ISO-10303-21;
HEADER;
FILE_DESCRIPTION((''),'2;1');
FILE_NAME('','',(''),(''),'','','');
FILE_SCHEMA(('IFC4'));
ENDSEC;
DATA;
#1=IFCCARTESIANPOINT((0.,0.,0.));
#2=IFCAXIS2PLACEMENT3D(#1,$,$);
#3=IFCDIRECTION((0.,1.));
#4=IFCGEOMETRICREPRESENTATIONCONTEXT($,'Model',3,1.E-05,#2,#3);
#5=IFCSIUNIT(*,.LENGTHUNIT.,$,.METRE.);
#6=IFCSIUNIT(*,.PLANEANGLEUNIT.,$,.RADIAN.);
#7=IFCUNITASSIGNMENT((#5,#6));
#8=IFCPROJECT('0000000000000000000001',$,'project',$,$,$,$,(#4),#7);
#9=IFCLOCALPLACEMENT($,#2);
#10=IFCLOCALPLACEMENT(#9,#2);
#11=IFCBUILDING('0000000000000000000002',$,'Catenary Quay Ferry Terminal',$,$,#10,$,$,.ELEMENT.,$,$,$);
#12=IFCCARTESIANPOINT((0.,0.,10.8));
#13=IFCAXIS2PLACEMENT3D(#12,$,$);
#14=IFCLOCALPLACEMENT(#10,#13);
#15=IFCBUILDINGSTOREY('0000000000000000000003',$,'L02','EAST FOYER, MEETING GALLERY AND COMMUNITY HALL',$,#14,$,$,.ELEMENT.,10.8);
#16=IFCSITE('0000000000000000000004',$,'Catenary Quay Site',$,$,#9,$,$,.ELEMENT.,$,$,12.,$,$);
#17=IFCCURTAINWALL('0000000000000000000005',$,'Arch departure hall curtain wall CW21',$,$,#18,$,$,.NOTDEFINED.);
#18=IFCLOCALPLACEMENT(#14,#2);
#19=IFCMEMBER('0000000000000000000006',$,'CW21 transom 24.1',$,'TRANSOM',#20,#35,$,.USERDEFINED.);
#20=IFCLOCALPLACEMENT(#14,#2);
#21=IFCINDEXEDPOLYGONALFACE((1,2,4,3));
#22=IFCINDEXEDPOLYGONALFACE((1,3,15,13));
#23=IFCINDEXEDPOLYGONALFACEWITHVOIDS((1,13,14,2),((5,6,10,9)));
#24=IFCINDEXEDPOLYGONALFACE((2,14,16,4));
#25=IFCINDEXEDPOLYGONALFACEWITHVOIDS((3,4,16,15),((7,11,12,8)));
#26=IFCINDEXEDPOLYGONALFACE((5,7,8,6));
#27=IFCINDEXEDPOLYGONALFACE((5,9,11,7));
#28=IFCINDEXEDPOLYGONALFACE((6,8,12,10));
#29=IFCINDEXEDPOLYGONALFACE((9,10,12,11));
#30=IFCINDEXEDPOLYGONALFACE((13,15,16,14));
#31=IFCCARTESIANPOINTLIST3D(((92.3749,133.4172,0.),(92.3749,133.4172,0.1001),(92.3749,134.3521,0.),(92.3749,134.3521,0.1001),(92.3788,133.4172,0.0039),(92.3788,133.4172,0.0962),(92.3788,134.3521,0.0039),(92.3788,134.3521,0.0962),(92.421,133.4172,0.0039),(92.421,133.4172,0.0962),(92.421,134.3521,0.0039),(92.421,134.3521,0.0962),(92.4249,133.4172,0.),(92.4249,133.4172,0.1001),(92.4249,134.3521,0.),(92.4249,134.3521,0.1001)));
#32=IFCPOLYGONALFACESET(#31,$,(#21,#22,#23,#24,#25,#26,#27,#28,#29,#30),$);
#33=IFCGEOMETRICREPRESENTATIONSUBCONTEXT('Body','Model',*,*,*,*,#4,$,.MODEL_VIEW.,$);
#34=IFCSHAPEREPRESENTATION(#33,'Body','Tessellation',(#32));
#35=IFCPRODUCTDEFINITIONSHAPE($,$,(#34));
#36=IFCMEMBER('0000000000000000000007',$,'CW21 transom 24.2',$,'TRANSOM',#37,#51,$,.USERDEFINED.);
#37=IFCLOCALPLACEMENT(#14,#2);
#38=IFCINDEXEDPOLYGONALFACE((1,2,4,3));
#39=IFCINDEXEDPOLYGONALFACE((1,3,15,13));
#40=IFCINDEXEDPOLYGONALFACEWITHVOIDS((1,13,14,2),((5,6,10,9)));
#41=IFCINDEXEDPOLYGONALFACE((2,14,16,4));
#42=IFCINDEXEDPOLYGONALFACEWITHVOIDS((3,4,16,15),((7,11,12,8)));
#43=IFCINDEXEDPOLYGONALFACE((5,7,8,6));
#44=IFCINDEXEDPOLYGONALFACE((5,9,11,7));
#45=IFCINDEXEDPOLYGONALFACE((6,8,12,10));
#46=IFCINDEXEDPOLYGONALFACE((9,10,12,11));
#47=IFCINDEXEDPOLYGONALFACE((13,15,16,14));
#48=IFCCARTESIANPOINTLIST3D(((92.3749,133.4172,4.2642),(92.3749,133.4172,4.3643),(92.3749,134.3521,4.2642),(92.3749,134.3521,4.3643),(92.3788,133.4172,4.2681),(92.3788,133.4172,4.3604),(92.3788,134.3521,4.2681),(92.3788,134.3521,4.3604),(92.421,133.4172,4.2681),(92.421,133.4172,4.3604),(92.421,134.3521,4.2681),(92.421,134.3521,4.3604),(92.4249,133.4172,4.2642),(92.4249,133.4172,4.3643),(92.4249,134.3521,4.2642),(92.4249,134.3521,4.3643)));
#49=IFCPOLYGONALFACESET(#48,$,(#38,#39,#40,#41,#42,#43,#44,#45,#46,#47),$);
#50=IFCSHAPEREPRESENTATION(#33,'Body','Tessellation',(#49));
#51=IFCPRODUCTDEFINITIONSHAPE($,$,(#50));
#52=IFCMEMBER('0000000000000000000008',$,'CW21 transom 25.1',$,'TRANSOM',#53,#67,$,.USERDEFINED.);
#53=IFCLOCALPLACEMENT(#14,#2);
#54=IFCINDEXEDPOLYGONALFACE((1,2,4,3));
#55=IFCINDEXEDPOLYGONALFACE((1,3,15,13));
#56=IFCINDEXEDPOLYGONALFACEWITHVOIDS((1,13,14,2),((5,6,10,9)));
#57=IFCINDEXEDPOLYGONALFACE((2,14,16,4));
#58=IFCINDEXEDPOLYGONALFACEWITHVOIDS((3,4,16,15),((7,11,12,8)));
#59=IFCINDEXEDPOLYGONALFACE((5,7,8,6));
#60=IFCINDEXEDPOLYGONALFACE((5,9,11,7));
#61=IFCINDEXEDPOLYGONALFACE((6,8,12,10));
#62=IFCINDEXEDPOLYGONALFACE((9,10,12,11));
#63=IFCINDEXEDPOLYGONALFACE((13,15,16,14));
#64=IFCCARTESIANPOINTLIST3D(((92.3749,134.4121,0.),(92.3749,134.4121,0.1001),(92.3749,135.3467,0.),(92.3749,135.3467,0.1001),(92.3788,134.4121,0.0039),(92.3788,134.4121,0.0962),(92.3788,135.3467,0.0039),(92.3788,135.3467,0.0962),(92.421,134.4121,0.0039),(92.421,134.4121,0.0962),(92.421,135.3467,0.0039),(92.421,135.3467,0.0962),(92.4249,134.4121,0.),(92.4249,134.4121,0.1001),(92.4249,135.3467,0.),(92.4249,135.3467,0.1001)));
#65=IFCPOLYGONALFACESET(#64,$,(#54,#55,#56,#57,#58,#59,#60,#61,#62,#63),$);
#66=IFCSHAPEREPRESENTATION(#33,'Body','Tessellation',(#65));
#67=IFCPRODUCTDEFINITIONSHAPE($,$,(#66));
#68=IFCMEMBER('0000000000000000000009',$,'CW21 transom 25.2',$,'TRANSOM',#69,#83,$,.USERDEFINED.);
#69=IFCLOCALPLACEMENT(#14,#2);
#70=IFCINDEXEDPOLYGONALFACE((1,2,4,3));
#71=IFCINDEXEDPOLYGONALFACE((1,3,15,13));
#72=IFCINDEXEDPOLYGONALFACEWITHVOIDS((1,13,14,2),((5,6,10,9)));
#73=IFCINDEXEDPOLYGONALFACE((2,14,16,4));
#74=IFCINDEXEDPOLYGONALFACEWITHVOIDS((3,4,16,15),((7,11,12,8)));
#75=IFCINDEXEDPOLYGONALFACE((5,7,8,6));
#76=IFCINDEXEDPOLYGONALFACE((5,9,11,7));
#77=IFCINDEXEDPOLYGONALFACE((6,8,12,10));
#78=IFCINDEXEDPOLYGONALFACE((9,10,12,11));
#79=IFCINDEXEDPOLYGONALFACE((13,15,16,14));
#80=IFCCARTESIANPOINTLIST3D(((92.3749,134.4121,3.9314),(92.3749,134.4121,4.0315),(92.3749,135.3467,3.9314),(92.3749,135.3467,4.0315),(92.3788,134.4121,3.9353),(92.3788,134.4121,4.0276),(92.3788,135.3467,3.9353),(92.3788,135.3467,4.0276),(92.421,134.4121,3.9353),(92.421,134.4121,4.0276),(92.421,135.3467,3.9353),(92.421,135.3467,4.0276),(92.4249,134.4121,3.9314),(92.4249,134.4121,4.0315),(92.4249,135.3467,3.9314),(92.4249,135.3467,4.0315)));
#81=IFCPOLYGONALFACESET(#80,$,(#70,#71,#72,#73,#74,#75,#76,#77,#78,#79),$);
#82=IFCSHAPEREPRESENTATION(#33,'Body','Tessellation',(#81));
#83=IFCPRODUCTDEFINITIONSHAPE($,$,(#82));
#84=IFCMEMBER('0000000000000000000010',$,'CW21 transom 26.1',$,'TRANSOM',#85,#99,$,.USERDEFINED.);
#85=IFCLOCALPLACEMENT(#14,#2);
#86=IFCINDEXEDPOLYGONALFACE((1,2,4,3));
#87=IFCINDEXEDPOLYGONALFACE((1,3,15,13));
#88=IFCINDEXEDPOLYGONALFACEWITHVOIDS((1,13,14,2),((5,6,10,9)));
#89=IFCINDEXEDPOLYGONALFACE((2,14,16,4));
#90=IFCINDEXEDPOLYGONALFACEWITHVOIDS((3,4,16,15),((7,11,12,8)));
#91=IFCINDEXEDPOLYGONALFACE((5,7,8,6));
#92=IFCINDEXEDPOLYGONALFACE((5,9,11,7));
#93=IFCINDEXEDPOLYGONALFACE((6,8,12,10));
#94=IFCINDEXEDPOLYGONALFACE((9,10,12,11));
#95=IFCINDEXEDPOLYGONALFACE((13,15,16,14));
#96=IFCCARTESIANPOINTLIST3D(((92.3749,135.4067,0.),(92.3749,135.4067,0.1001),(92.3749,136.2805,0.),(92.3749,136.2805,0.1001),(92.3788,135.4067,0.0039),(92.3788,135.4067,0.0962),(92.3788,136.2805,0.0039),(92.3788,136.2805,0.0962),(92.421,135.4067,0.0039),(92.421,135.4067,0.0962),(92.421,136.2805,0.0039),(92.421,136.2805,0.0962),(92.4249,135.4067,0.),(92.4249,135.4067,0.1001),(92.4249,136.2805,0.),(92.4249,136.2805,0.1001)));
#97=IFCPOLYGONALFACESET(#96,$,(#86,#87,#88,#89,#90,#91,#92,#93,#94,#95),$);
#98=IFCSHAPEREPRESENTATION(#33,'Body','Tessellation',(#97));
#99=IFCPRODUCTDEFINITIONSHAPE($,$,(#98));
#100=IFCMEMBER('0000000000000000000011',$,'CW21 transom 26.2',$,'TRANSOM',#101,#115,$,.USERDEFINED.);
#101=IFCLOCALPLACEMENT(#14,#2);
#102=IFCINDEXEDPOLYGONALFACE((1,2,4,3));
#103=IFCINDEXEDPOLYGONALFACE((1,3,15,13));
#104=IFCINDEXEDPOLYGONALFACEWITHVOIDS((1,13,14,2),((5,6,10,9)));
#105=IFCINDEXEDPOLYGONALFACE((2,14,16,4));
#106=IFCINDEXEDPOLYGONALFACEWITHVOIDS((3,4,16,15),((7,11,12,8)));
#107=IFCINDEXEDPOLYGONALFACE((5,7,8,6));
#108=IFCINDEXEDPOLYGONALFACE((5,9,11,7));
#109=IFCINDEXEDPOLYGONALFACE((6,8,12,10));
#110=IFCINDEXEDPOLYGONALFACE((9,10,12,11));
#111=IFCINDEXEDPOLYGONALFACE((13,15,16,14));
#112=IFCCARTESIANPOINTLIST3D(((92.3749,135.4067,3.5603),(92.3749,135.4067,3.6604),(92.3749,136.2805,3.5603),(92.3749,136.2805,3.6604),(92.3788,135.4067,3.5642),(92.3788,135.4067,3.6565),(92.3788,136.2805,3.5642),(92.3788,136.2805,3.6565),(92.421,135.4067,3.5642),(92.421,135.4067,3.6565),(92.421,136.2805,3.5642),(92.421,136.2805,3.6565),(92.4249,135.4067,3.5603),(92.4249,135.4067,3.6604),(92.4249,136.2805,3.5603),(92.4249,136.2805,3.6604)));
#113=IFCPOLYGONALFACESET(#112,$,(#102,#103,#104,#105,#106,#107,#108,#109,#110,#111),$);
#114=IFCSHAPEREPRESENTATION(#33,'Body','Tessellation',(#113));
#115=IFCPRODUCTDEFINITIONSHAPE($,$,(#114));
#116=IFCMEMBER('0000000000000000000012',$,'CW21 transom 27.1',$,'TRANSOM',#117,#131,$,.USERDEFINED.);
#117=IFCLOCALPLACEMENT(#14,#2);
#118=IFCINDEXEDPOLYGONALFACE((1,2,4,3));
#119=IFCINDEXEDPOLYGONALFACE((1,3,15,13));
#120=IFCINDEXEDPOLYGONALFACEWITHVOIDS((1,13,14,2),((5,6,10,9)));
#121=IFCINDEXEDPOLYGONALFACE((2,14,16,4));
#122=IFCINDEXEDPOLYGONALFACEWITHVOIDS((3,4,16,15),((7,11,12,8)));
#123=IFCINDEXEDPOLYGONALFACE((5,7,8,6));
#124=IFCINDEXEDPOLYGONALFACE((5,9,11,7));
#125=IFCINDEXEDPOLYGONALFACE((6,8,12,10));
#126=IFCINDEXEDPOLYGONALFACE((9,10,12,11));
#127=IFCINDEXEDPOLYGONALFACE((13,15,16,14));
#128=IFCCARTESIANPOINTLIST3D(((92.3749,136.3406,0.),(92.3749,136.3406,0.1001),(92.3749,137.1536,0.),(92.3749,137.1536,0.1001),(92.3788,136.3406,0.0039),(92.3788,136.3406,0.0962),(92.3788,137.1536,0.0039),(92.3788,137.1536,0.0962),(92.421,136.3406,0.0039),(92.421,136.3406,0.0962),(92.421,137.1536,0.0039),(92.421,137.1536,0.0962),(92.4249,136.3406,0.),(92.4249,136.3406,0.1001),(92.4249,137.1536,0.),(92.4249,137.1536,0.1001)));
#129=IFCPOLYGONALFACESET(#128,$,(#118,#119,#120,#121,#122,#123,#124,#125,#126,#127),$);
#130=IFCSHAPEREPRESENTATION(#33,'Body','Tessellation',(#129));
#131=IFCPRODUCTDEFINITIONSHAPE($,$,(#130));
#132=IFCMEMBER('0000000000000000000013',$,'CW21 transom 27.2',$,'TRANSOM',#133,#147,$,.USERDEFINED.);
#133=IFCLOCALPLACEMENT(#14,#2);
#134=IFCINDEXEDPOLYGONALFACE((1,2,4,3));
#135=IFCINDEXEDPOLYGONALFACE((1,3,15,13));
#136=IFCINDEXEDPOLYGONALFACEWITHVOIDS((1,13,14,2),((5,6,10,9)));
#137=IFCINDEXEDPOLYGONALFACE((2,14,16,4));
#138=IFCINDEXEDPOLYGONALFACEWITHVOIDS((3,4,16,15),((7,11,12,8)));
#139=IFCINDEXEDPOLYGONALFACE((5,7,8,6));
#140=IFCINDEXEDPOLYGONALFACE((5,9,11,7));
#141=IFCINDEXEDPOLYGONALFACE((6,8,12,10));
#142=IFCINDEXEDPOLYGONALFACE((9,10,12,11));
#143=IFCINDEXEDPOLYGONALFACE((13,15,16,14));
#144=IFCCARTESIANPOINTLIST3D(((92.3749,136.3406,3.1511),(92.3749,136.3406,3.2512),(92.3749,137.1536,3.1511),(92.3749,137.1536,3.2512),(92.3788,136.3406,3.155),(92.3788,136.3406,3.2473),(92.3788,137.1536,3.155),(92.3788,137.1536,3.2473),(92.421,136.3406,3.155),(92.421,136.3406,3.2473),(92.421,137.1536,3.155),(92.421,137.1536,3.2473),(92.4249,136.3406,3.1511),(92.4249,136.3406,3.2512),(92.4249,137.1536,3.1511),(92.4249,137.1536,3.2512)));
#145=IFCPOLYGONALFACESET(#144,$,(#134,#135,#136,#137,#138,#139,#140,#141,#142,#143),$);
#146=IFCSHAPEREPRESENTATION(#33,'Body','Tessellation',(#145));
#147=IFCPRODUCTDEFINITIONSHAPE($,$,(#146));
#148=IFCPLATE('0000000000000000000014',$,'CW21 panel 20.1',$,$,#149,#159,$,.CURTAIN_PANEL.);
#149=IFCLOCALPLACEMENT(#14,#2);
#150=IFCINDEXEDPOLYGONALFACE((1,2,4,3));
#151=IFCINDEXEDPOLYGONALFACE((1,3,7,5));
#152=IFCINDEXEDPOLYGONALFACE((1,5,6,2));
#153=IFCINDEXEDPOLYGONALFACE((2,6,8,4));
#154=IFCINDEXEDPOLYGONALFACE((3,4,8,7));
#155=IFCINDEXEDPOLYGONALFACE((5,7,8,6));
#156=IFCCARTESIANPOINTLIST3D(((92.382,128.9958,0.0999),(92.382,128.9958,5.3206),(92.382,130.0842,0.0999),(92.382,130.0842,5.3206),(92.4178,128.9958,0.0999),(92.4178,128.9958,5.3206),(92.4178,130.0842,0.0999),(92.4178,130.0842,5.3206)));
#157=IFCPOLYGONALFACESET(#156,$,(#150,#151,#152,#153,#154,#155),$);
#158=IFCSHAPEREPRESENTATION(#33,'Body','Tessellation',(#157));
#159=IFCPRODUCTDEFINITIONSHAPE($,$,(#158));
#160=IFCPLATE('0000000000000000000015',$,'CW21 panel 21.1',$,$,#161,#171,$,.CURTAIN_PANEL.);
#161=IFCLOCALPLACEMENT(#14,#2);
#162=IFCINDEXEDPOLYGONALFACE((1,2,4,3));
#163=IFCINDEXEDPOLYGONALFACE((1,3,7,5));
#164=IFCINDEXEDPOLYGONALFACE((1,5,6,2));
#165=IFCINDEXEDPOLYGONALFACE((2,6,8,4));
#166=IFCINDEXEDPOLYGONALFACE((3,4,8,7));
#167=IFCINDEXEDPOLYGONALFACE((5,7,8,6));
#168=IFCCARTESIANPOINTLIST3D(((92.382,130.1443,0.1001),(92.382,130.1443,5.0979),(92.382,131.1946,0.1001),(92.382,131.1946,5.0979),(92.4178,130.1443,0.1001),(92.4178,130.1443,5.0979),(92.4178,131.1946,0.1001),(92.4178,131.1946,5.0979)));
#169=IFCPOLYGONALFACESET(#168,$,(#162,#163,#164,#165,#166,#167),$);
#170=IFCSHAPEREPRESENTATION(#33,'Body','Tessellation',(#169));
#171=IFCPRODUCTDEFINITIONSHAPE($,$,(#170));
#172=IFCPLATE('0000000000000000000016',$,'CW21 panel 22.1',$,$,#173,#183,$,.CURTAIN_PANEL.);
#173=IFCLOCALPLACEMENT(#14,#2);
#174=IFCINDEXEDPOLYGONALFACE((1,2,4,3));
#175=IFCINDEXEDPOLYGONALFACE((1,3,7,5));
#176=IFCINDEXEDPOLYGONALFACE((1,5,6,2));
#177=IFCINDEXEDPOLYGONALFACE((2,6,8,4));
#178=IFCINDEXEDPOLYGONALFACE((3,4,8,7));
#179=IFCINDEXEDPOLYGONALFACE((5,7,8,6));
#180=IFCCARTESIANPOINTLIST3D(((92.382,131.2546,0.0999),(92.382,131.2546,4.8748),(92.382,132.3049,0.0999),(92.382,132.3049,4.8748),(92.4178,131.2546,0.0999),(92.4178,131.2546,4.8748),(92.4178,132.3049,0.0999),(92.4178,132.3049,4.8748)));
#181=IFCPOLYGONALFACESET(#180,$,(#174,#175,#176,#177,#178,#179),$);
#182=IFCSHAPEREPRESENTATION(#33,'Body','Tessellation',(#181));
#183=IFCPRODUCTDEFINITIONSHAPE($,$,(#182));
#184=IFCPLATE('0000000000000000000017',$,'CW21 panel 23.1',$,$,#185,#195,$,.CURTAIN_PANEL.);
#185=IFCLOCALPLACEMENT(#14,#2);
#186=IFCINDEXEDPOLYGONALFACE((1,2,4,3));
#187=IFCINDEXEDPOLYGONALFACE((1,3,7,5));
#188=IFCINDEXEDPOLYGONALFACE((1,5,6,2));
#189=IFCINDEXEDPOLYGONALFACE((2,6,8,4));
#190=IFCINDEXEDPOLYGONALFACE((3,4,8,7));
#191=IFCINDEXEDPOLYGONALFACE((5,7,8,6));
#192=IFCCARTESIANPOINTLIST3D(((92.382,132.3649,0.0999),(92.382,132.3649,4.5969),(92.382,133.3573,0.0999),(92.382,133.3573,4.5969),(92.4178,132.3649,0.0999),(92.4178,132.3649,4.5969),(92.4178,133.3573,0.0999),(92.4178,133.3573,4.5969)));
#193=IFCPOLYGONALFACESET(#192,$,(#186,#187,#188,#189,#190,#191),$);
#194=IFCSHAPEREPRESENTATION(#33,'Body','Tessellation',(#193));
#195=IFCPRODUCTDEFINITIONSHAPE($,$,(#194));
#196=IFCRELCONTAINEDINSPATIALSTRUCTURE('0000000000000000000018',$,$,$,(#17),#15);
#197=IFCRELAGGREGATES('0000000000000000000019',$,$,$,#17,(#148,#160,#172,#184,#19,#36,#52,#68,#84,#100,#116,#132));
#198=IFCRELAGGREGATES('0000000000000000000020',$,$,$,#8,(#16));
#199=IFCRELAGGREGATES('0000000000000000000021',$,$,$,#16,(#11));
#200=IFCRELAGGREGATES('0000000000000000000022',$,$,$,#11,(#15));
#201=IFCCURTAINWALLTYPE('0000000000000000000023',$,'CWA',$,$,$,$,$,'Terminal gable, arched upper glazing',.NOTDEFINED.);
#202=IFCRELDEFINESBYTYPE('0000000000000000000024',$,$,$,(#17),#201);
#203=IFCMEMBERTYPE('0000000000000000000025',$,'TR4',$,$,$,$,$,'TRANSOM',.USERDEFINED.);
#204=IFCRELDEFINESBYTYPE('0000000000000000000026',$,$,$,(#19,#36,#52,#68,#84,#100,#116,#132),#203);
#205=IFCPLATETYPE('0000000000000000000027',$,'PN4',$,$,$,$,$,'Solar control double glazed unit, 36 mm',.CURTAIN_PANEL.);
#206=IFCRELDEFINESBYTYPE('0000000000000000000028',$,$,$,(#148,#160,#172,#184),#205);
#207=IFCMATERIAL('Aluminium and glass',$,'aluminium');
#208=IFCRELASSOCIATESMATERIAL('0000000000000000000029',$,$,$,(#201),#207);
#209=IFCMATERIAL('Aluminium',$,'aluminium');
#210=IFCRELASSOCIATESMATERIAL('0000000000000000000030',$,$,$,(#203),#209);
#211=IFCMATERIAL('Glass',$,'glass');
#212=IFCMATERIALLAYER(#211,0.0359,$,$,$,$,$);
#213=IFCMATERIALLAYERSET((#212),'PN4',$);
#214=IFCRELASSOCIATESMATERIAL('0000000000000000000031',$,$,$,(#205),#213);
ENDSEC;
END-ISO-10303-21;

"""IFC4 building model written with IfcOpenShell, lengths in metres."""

from ifc_helpers import new_model, si_unit, direction, frame, origin, origin_2d, place, context, subcontext, project, spatial, rectangle, hollow_rectangle, extrude, material, layer, layer_set, material_profile, profile_set, type_object, element, aggregate, save


model = new_model("IFC4")

# Units and contexts
model_context = context("Model", 3, precision=1e-05, world=origin(), true_north=direction((0.0, 1.0)))
body_context = subcontext(model_context, "Body", "Model", "MODEL_VIEW")
ifc_project = project(units=[si_unit("LENGTHUNIT", "METRE"), si_unit("PLANEANGLEUNIT", "RADIAN")], contexts=[model_context])

# Site, building, storey
site_placement = place(None, origin())
site = spatial("IfcSite", under=ifc_project, at=site_placement, Name="Catenary Quay Site", CompositionType="ELEMENT", RefElevation=12.0)
building_placement = place(site_placement, origin())
building = spatial("IfcBuilding", under=site, at=building_placement, Name="Catenary Quay Ferry Terminal", CompositionType="ELEMENT")
storey_placement = place(building_placement, frame((0.0, 0.0, 10.8)))
storey = spatial("IfcBuildingStorey", under=building, at=storey_placement, Name="L02", Description="EAST FOYER, MEETING GALLERY AND COMMUNITY HALL", CompositionType="ELEMENT", Elevation=10.8)

# Curtain wall, members, plates
ifc_material_1 = material(Name="Aluminium and glass", Category="aluminium")
curtain_wall_type = type_object("IfcCurtainWallType", Name="CWA", ElementType="Terminal gable, arched upper glazing", PredefinedType="NOTDEFINED", material=ifc_material_1)
curtain_wall_placement = place(storey_placement, origin())
curtain_wall = element("IfcCurtainWall", 1, at=curtain_wall_placement, inside=storey, type_object=curtain_wall_type, Name="Arch departure hall curtain wall CW21", PredefinedType="NOTDEFINED")
ifc_material_2 = material(Name="Aluminium", Category="aluminium")
ifc_material_profile_1 = material_profile(ifc_material_2, hollow_rectangle(XDim=0.05, YDim=0.1001, WallThickness=0.0039, at=origin_2d()), Name="TR4")
ifc_profile_set_1 = profile_set([ifc_material_profile_1], Name="Aluminium")
member_type_1 = type_object("IfcMemberType", Name="TR4", ElementType="TRANSOM", PredefinedType="USERDEFINED", material=ifc_profile_set_1)
member_1_placement = place(storey_placement, frame((92.3999, 133.4172, 0.05), z_axis=(0.0, 1.0, 0.0), x_axis=(-1.0, 0.0, 0.0)))
member_1 = element("IfcMember", 2, at=member_1_placement, type_object=member_type_1, Name="CW21 transom 24.1", ObjectType="TRANSOM", PredefinedType="USERDEFINED", context=body_context, shape_type="SweptSolid", body=[
    extrude(hollow_rectangle(XDim=0.05, YDim=0.1001, WallThickness=0.0039, at=origin_2d()), origin(), (0.0, 0.0, 1.0), 0.9348),
])
member_2_placement = place(storey_placement, frame((92.3999, 133.4172, 4.3142), z_axis=(0.0, 1.0, 0.0), x_axis=(-1.0, 0.0, 0.0)))
member_2 = element("IfcMember", 3, at=member_2_placement, type_object=member_type_1, Name="CW21 transom 24.2", ObjectType="TRANSOM", PredefinedType="USERDEFINED", context=body_context, shape_type="SweptSolid", body=[
    extrude(hollow_rectangle(XDim=0.05, YDim=0.1001, WallThickness=0.0039, at=origin_2d()), origin(), (0.0, 0.0, 1.0), 0.9348),
])
member_3_placement = place(storey_placement, frame((92.3999, 134.4121, 0.05), z_axis=(0.0, 1.0, 0.0), x_axis=(-1.0, 0.0, 0.0)))
member_3 = element("IfcMember", 4, at=member_3_placement, type_object=member_type_1, Name="CW21 transom 25.1", ObjectType="TRANSOM", PredefinedType="USERDEFINED", context=body_context, shape_type="SweptSolid", body=[
    extrude(hollow_rectangle(XDim=0.05, YDim=0.1001, WallThickness=0.0039, at=origin_2d()), origin(), (0.0, 0.0, 1.0), 0.9346),
])
member_4_placement = place(storey_placement, frame((92.3999, 134.4121, 3.9814), z_axis=(0.0, 1.0, 0.0), x_axis=(-1.0, 0.0, 0.0)))
member_4 = element("IfcMember", 5, at=member_4_placement, type_object=member_type_1, Name="CW21 transom 25.2", ObjectType="TRANSOM", PredefinedType="USERDEFINED", context=body_context, shape_type="SweptSolid", body=[
    extrude(hollow_rectangle(XDim=0.05, YDim=0.1001, WallThickness=0.0039, at=origin_2d()), origin(), (0.0, 0.0, 1.0), 0.9346),
])
member_5_placement = place(storey_placement, frame((92.3999, 135.4067, 0.05), z_axis=(0.0, 1.0, 0.0), x_axis=(-1.0, 0.0, 0.0)))
member_5 = element("IfcMember", 6, at=member_5_placement, type_object=member_type_1, Name="CW21 transom 26.1", ObjectType="TRANSOM", PredefinedType="USERDEFINED", context=body_context, shape_type="SweptSolid", body=[
    extrude(hollow_rectangle(XDim=0.05, YDim=0.1001, WallThickness=0.0039, at=origin_2d()), origin(), (0.0, 0.0, 1.0), 0.8738),
])
member_6_placement = place(storey_placement, frame((92.3999, 135.4067, 3.6104), z_axis=(0.0, 1.0, 0.0), x_axis=(-1.0, 0.0, 0.0)))
member_6 = element("IfcMember", 7, at=member_6_placement, type_object=member_type_1, Name="CW21 transom 26.2", ObjectType="TRANSOM", PredefinedType="USERDEFINED", context=body_context, shape_type="SweptSolid", body=[
    extrude(hollow_rectangle(XDim=0.05, YDim=0.1001, WallThickness=0.0039, at=origin_2d()), origin(), (0.0, 0.0, 1.0), 0.8738),
])
member_7_placement = place(storey_placement, frame((92.3999, 136.3406, 0.05), z_axis=(0.0, 1.0, 0.0), x_axis=(-1.0, 0.0, 0.0)))
member_7 = element("IfcMember", 8, at=member_7_placement, type_object=member_type_1, Name="CW21 transom 27.1", ObjectType="TRANSOM", PredefinedType="USERDEFINED", context=body_context, shape_type="SweptSolid", body=[
    extrude(hollow_rectangle(XDim=0.05, YDim=0.1001, WallThickness=0.0039, at=origin_2d()), origin(), (0.0, 0.0, 1.0), 0.813),
])
member_8_placement = place(storey_placement, frame((92.3999, 136.3406, 3.2012), z_axis=(0.0, 1.0, 0.0), x_axis=(-1.0, 0.0, 0.0)))
member_8 = element("IfcMember", 9, at=member_8_placement, type_object=member_type_1, Name="CW21 transom 27.2", ObjectType="TRANSOM", PredefinedType="USERDEFINED", context=body_context, shape_type="SweptSolid", body=[
    extrude(hollow_rectangle(XDim=0.05, YDim=0.1001, WallThickness=0.0039, at=origin_2d()), origin(), (0.0, 0.0, 1.0), 0.813),
])
ifc_material_3 = material(Name="Glass", Category="glass")
ifc_layer = layer(ifc_material_3, 0.0359)
ifc_layer_set = layer_set([ifc_layer], Name="PN4")
plate_type = type_object("IfcPlateType", Name="PN4", ElementType="Solar control double glazed unit, 36 mm", PredefinedType="CURTAIN_PANEL", material=ifc_layer_set)
plate_1_placement = place(storey_placement, frame((92.3999, 129.54, 0.0999), z_axis=(0.0, 0.0, 1.0), x_axis=(0.0, 1.0, 0.0)))
plate_1 = element("IfcPlate", 10, at=plate_1_placement, type_object=plate_type, Name="CW21 panel 20.1", PredefinedType="CURTAIN_PANEL", context=body_context, shape_type="SweptSolid", body=[
    extrude(rectangle(XDim=1.0884, YDim=0.0359, at=origin_2d()), origin(), (0.0, 0.0, 1.0), 5.2207),
])
plate_2_placement = place(storey_placement, frame((92.3999, 130.6694, 0.1001), z_axis=(0.0, 0.0, 1.0), x_axis=(0.0, 1.0, 0.0)))
plate_2 = element("IfcPlate", 11, at=plate_2_placement, type_object=plate_type, Name="CW21 panel 21.1", PredefinedType="CURTAIN_PANEL", context=body_context, shape_type="SweptSolid", body=[
    extrude(rectangle(XDim=1.0503, YDim=0.0359, at=origin_2d()), origin(), (0.0, 0.0, 1.0), 4.9978),
])
plate_3_placement = place(storey_placement, frame((92.3999, 131.7798, 0.0999), z_axis=(0.0, 0.0, 1.0), x_axis=(0.0, 1.0, 0.0)))
plate_3 = element("IfcPlate", 12, at=plate_3_placement, type_object=plate_type, Name="CW21 panel 22.1", PredefinedType="CURTAIN_PANEL", context=body_context, shape_type="SweptSolid", body=[
    extrude(rectangle(XDim=1.0503, YDim=0.0359, at=origin_2d()), origin(), (0.0, 0.0, 1.0), 4.7749),
])
plate_4_placement = place(storey_placement, frame((92.3999, 132.8611, 0.0999), z_axis=(0.0, 0.0, 1.0), x_axis=(0.0, 1.0, 0.0)))
plate_4 = element("IfcPlate", 13, at=plate_4_placement, type_object=plate_type, Name="CW21 panel 23.1", PredefinedType="CURTAIN_PANEL", context=body_context, shape_type="SweptSolid", body=[
    extrude(rectangle(XDim=0.9924, YDim=0.0359, at=origin_2d()), origin(), (0.0, 0.0, 1.0), 4.4971),
])
aggregate(curtain_wall, [plate_1, plate_2, plate_3, plate_4, member_1, member_2, member_3, member_4, member_5, member_6, member_7, member_8])

save(model, "model.ifc")
